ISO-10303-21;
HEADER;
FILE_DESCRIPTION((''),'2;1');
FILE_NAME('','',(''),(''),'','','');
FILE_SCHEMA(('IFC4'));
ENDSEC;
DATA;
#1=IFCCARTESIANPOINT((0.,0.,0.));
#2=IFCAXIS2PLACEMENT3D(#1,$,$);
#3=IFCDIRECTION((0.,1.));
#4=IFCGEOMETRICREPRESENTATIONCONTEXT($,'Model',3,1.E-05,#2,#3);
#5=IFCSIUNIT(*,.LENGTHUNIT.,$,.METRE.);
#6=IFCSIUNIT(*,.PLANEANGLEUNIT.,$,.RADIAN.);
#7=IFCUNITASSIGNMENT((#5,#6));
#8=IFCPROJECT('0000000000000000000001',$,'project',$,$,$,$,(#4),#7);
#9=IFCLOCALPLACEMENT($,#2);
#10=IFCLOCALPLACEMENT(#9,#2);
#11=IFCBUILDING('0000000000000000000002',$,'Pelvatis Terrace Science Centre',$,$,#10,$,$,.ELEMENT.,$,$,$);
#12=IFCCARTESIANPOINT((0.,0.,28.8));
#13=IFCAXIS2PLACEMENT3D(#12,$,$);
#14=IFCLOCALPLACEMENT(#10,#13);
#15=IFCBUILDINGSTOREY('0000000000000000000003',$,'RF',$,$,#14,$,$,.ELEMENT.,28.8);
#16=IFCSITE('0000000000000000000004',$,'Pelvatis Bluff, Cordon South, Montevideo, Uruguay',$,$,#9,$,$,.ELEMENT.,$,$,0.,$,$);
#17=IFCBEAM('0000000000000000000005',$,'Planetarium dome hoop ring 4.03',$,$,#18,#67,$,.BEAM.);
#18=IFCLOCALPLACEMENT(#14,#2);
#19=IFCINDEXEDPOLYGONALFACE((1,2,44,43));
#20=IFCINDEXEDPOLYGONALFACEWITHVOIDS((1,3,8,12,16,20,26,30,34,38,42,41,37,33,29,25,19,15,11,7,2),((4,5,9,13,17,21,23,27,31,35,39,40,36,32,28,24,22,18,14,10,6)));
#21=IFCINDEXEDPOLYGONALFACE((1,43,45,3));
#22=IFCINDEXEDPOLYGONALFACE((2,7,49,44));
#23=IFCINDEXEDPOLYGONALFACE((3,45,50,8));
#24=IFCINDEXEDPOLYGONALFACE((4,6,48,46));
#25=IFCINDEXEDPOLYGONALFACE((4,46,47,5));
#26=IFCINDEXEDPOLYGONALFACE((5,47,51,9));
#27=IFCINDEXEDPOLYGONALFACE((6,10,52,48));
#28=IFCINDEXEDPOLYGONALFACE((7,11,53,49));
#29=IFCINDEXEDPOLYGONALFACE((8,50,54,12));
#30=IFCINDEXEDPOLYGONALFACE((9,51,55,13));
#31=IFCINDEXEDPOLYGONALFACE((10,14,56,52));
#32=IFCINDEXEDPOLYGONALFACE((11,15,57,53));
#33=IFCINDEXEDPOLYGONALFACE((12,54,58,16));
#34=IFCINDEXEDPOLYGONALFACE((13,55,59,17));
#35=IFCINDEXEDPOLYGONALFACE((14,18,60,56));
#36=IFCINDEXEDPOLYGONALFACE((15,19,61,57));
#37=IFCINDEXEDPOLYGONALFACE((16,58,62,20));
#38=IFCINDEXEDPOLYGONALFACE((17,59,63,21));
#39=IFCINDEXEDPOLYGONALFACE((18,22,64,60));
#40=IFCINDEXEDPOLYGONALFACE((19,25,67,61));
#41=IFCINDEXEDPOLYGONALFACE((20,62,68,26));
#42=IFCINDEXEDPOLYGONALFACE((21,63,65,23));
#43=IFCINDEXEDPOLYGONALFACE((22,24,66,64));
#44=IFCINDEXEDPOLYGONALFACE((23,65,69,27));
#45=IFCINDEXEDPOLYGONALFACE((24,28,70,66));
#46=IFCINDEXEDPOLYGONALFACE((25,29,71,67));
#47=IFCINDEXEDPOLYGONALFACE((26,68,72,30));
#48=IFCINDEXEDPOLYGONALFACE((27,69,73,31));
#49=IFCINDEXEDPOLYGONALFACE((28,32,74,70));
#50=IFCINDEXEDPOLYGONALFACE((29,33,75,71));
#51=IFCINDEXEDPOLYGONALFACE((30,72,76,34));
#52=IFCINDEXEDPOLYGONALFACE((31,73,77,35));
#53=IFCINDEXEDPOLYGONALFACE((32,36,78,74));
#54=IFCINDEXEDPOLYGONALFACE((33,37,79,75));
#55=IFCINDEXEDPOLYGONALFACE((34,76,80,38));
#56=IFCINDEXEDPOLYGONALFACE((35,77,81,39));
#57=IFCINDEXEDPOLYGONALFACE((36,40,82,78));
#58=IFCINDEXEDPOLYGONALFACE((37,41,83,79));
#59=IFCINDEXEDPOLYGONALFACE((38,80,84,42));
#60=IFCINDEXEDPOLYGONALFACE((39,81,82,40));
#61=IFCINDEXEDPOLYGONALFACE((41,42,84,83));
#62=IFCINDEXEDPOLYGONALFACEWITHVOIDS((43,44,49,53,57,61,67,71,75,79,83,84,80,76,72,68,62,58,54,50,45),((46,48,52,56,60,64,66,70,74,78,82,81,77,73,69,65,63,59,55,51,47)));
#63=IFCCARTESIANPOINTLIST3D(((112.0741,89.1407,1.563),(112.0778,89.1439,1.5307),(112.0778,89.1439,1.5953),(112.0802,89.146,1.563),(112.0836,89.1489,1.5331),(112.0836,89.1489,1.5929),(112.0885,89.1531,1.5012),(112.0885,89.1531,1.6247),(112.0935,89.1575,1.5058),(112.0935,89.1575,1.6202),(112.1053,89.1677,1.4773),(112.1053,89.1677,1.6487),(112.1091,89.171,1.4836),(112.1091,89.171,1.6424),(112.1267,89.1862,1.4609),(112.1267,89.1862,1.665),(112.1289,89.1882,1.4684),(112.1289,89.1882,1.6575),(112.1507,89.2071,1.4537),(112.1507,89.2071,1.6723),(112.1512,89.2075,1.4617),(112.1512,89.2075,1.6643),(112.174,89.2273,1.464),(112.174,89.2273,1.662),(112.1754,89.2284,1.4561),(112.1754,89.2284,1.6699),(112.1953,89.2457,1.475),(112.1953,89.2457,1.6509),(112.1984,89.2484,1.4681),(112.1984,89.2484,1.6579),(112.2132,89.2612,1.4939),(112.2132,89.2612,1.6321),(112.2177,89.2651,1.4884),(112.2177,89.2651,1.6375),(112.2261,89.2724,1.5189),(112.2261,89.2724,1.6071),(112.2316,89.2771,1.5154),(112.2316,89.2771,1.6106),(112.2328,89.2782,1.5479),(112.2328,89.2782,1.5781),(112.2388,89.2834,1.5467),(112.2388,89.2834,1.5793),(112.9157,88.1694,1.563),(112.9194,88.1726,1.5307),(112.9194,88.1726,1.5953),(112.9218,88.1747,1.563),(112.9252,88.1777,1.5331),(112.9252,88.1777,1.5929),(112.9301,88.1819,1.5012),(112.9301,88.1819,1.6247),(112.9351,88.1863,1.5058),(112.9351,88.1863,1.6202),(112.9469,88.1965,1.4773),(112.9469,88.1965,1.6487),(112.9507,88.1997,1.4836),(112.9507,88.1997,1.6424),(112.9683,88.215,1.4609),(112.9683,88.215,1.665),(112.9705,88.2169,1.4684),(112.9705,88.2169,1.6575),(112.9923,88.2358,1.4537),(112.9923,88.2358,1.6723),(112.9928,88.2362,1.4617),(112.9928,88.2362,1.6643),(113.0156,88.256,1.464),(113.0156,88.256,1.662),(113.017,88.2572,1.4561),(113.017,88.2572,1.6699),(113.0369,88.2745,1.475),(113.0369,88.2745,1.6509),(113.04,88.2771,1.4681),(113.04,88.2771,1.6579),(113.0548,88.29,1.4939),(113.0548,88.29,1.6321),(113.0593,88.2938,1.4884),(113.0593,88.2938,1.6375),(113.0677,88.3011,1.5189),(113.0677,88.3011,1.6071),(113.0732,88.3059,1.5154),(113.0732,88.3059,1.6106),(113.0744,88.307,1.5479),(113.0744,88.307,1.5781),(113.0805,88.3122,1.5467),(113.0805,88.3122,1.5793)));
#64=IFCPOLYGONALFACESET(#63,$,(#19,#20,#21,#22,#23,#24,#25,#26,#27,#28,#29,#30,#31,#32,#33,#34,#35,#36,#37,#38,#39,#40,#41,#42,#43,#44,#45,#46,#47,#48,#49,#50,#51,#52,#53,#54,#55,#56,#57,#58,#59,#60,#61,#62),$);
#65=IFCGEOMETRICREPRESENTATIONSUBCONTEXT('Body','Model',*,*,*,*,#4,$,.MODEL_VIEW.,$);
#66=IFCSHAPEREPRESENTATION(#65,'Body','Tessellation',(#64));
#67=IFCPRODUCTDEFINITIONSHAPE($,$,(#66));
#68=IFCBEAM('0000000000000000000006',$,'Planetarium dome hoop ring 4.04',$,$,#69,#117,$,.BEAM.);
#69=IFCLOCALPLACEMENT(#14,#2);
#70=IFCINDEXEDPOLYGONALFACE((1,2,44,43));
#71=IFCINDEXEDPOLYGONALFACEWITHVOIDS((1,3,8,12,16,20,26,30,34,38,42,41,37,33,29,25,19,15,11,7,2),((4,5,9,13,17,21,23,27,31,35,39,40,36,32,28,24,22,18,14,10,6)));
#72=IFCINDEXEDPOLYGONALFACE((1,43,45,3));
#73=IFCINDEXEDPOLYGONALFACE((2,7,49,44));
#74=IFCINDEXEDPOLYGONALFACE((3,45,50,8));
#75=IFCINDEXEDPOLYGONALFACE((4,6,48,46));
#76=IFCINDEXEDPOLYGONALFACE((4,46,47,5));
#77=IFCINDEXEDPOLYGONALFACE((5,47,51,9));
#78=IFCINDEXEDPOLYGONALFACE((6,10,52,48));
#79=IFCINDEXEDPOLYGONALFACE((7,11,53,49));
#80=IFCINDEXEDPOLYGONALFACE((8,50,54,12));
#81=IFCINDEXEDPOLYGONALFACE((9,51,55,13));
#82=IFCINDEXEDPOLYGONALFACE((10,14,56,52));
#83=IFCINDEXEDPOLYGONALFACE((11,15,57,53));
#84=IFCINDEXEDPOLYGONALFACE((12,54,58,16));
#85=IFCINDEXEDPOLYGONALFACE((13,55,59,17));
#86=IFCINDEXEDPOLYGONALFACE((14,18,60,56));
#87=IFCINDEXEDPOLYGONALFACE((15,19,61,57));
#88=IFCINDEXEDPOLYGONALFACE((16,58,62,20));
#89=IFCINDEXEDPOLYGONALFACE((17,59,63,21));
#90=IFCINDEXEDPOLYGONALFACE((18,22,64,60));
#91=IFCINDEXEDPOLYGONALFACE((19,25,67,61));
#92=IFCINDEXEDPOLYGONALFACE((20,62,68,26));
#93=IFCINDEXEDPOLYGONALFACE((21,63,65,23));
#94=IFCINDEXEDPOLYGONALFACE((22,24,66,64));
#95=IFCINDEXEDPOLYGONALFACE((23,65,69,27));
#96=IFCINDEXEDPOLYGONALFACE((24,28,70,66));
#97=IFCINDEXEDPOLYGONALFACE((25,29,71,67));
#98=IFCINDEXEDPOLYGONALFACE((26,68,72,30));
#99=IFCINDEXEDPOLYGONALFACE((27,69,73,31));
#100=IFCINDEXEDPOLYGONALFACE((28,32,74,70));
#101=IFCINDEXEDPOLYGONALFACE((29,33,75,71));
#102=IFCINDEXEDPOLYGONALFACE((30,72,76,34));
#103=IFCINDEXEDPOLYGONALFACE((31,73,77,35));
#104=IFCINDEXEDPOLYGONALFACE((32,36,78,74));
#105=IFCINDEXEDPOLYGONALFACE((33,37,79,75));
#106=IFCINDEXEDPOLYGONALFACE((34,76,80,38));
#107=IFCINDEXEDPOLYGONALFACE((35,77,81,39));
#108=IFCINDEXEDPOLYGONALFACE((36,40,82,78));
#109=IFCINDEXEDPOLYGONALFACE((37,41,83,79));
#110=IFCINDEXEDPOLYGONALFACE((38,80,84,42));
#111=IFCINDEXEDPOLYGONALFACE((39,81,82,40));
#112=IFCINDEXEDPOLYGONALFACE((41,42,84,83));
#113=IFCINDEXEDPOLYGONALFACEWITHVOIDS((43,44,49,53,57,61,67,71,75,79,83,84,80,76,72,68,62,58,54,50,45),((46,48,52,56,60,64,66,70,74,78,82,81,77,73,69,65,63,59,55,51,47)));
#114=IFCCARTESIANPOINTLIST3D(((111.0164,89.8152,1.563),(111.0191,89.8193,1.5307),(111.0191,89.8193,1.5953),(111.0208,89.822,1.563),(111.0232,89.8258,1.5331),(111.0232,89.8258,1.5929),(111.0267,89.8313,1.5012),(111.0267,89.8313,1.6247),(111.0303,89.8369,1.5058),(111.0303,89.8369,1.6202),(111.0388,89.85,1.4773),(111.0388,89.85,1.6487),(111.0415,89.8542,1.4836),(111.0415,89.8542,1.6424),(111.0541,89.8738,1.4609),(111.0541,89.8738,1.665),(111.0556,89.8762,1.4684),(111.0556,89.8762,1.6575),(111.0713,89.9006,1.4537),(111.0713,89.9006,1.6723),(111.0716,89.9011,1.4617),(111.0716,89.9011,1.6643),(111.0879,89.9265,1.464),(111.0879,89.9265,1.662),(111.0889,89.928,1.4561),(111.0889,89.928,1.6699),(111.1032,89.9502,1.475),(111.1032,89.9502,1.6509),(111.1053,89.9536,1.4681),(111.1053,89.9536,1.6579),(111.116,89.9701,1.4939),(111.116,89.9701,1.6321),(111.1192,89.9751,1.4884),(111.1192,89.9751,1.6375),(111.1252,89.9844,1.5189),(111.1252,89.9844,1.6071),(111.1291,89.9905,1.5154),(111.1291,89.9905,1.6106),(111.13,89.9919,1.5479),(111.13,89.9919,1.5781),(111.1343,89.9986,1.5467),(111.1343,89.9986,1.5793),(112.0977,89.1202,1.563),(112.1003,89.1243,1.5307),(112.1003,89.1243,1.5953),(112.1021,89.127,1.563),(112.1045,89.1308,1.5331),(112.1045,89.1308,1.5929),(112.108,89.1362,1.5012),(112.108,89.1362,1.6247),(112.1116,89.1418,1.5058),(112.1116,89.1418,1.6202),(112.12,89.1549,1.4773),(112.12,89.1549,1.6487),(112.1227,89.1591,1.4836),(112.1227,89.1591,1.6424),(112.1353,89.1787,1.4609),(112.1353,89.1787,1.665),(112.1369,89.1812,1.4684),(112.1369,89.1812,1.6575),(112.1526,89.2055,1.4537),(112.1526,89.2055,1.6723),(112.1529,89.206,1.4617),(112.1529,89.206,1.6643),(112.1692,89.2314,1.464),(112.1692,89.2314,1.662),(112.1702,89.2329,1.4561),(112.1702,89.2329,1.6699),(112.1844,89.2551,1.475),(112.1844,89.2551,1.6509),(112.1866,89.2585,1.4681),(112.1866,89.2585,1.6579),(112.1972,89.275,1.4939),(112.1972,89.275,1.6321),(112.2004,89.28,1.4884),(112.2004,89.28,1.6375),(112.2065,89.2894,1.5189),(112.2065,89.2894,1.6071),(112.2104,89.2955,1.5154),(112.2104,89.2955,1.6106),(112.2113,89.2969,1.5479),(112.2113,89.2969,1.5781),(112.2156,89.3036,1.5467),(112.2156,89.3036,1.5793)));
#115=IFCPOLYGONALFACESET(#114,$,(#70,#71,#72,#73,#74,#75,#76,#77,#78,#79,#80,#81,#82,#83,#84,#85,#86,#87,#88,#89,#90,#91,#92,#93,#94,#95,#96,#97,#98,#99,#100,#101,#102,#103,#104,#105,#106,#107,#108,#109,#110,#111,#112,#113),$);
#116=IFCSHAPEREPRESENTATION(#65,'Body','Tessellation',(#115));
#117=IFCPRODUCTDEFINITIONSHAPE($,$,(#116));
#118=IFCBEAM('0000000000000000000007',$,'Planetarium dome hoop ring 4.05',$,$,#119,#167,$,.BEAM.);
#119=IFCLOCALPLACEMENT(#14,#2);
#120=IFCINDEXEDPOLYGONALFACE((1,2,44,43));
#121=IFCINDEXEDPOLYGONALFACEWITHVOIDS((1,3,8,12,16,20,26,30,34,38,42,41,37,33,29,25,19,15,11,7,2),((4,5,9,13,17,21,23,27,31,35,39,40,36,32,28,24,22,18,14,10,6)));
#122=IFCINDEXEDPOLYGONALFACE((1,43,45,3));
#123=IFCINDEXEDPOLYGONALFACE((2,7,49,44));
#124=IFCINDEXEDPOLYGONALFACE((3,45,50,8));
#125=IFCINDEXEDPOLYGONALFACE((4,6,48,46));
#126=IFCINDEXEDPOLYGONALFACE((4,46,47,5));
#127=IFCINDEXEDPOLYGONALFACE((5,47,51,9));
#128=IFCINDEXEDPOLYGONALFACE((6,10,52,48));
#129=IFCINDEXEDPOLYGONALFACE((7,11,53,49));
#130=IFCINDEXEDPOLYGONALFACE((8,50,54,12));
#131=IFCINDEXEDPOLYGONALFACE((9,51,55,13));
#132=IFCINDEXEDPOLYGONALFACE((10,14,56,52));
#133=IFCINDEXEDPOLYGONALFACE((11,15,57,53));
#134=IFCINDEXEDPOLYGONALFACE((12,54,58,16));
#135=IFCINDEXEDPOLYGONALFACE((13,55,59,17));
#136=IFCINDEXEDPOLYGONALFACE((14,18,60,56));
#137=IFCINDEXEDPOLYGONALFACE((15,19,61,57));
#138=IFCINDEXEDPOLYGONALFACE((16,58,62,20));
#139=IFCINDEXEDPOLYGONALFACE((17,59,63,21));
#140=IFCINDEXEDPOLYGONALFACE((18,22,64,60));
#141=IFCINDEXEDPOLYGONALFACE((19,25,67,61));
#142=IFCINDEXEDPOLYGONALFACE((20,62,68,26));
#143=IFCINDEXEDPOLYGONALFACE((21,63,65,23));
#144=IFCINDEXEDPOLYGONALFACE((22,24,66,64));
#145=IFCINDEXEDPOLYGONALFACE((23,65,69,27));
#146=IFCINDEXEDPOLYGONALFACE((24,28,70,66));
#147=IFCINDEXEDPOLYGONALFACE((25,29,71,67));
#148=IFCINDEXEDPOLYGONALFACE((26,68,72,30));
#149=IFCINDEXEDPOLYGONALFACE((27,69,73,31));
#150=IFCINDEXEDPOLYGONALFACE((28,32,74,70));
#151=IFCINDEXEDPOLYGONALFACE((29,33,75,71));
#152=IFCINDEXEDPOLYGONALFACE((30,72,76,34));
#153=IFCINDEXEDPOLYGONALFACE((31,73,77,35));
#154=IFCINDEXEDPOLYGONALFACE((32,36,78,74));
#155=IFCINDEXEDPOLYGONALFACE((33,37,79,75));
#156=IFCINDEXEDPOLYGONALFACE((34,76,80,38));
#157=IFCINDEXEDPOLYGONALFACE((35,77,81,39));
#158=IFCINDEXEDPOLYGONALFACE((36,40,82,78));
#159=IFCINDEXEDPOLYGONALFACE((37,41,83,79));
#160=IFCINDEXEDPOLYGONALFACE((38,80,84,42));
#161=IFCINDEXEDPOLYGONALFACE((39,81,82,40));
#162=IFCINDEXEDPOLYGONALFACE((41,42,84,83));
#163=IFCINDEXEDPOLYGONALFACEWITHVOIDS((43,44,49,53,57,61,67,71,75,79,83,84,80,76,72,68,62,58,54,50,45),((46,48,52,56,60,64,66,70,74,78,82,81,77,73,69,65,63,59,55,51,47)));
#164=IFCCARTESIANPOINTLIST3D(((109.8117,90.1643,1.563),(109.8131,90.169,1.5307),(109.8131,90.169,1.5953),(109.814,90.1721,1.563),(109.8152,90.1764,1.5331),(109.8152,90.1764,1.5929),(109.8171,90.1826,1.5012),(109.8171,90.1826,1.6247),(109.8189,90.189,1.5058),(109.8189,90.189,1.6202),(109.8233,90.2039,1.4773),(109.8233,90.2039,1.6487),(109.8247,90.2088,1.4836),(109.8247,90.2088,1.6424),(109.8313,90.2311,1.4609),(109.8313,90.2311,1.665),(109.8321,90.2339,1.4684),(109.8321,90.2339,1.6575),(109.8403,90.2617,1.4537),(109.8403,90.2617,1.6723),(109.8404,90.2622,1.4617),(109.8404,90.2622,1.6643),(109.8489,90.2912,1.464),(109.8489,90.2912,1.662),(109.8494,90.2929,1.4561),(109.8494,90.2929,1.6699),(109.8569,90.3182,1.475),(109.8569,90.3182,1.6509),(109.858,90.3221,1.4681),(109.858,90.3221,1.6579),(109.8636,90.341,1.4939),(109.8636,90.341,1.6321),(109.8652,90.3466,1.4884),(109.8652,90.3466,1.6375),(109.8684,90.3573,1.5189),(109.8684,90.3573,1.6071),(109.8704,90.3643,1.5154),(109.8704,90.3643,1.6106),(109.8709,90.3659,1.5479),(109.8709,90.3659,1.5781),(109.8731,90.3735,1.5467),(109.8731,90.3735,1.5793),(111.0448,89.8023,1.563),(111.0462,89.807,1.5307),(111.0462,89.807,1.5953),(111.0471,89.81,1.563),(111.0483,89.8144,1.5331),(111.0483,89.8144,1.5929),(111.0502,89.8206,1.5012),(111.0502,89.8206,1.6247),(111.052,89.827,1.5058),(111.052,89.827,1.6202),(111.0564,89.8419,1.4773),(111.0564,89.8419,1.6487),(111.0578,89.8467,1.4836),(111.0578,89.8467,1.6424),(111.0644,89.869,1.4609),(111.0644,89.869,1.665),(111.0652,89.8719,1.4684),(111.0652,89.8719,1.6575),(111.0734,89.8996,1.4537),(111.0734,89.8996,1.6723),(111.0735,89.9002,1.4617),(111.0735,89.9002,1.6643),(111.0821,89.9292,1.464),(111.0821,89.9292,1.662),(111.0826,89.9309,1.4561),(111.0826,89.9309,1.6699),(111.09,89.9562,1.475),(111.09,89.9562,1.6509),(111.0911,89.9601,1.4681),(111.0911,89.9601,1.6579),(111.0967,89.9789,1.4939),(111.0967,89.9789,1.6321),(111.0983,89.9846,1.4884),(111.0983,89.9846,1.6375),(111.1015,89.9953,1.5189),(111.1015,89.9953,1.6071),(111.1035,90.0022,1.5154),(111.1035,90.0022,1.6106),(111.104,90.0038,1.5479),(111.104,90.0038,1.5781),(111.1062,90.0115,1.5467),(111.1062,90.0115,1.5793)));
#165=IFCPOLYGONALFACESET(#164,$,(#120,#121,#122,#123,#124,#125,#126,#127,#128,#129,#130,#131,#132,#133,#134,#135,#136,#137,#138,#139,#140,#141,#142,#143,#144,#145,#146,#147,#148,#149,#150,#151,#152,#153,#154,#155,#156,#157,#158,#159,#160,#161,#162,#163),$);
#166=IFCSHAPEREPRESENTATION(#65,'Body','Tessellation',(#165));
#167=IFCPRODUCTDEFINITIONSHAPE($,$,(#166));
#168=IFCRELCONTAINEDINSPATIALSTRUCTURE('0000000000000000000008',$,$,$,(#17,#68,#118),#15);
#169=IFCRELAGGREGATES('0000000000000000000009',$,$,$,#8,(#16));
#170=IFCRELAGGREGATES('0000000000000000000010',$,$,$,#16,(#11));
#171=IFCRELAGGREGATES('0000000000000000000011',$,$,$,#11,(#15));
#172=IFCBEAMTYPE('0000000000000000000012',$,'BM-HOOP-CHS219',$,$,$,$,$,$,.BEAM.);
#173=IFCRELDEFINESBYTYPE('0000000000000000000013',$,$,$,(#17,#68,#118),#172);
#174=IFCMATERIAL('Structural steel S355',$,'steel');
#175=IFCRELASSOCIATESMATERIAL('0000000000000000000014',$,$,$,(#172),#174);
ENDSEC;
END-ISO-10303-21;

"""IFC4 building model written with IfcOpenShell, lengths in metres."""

from ifc_helpers import new_model, si_unit, direction, frame, origin, origin_2d, place, context, subcontext, project, spatial, hollow_circle, extrude, material, material_profile, profile_set, type_object, element, save


model = new_model("IFC4")

# Units and contexts
model_context = context("Model", 3, precision=1e-05, world=origin(), true_north=direction((0.0, 1.0)))
body_context = subcontext(model_context, "Body", "Model", "MODEL_VIEW")
ifc_project = project(units=[si_unit("LENGTHUNIT", "METRE"), si_unit("PLANEANGLEUNIT", "RADIAN")], contexts=[model_context])

# Site, building, storey
site_placement = place(None, origin())
site = spatial("IfcSite", under=ifc_project, at=site_placement, Name="Pelvatis Bluff, Cordon South, Montevideo, Uruguay", CompositionType="ELEMENT", RefElevation=0.0)
building_placement = place(site_placement, origin())
building = spatial("IfcBuilding", under=site, at=building_placement, Name="Pelvatis Terrace Science Centre", CompositionType="ELEMENT")
storey_placement = place(building_placement, frame((0.0, 0.0, 28.8)))
storey = spatial("IfcBuildingStorey", under=building, at=storey_placement, Name="RF", CompositionType="ELEMENT", Elevation=28.8)

# Beams
ifc_material_1 = material(Name="Structural steel S355", Category="steel")
ifc_material_profile_1 = material_profile(ifc_material_1, hollow_circle(Radius=0.1096, WallThickness=0.0081, at=origin_2d()), Name="CHS 219.1x8.0")
ifc_profile_set_1 = profile_set([ifc_material_profile_1], Name="Structural steel S355")
beam_type_1 = type_object("IfcBeamType", Name="BM-HOOP-CHS219", PredefinedType="BEAM", material=ifc_profile_set_1)
beam_1_placement = place(storey_placement, frame((112.9985, 88.2412, 1.563), z_axis=(-0.654865, 0.755745, 0.0), x_axis=(-0.755745, -0.654865, 0.0)))
element("IfcBeam", 1, at=beam_1_placement, inside=storey, type_object=beam_type_1, Name="Planetarium dome hoop ring 4.03", PredefinedType="BEAM", context=body_context, shape_type="SweptSolid", body=[
    extrude(hollow_circle(Radius=0.1096, WallThickness=0.0081, at=origin_2d()), origin(), (0.0, 0.0, 1.0), 1.2852),
])
beam_2_placement = place(storey_placement, frame((112.157, 89.2124, 1.563), z_axis=(-0.841197, 0.540729, 0.0), x_axis=(-0.540729, -0.841197, 0.0)))
element("IfcBeam", 2, at=beam_2_placement, inside=storey, type_object=beam_type_1, Name="Planetarium dome hoop ring 4.04", PredefinedType="BEAM", context=body_context, shape_type="SweptSolid", body=[
    extrude(hollow_circle(Radius=0.1096, WallThickness=0.0081, at=origin_2d()), origin(), (0.0, 0.0, 1.0), 1.2854),
])
for number, where, z_axis, x_axis, name in (
    (3, (111.0757, 89.9075, 1.563), (-0.959498, 0.281714, 0.0), (-0.281714, -0.959498, 0.0), "Planetarium dome hoop ring 4.05"),
):
    element("IfcBeam", number, at=place(storey_placement, frame(where, z_axis=z_axis, x_axis=x_axis)), inside=storey, type_object=beam_type_1, Name=name, PredefinedType="BEAM", context=body_context, shape_type="SweptSolid", body=[
        extrude(hollow_circle(Radius=0.1096, WallThickness=0.0081, at=origin_2d()), origin(), (0.0, 0.0, 1.0), 1.2852),
    ])

save(model, "model.ifc")
